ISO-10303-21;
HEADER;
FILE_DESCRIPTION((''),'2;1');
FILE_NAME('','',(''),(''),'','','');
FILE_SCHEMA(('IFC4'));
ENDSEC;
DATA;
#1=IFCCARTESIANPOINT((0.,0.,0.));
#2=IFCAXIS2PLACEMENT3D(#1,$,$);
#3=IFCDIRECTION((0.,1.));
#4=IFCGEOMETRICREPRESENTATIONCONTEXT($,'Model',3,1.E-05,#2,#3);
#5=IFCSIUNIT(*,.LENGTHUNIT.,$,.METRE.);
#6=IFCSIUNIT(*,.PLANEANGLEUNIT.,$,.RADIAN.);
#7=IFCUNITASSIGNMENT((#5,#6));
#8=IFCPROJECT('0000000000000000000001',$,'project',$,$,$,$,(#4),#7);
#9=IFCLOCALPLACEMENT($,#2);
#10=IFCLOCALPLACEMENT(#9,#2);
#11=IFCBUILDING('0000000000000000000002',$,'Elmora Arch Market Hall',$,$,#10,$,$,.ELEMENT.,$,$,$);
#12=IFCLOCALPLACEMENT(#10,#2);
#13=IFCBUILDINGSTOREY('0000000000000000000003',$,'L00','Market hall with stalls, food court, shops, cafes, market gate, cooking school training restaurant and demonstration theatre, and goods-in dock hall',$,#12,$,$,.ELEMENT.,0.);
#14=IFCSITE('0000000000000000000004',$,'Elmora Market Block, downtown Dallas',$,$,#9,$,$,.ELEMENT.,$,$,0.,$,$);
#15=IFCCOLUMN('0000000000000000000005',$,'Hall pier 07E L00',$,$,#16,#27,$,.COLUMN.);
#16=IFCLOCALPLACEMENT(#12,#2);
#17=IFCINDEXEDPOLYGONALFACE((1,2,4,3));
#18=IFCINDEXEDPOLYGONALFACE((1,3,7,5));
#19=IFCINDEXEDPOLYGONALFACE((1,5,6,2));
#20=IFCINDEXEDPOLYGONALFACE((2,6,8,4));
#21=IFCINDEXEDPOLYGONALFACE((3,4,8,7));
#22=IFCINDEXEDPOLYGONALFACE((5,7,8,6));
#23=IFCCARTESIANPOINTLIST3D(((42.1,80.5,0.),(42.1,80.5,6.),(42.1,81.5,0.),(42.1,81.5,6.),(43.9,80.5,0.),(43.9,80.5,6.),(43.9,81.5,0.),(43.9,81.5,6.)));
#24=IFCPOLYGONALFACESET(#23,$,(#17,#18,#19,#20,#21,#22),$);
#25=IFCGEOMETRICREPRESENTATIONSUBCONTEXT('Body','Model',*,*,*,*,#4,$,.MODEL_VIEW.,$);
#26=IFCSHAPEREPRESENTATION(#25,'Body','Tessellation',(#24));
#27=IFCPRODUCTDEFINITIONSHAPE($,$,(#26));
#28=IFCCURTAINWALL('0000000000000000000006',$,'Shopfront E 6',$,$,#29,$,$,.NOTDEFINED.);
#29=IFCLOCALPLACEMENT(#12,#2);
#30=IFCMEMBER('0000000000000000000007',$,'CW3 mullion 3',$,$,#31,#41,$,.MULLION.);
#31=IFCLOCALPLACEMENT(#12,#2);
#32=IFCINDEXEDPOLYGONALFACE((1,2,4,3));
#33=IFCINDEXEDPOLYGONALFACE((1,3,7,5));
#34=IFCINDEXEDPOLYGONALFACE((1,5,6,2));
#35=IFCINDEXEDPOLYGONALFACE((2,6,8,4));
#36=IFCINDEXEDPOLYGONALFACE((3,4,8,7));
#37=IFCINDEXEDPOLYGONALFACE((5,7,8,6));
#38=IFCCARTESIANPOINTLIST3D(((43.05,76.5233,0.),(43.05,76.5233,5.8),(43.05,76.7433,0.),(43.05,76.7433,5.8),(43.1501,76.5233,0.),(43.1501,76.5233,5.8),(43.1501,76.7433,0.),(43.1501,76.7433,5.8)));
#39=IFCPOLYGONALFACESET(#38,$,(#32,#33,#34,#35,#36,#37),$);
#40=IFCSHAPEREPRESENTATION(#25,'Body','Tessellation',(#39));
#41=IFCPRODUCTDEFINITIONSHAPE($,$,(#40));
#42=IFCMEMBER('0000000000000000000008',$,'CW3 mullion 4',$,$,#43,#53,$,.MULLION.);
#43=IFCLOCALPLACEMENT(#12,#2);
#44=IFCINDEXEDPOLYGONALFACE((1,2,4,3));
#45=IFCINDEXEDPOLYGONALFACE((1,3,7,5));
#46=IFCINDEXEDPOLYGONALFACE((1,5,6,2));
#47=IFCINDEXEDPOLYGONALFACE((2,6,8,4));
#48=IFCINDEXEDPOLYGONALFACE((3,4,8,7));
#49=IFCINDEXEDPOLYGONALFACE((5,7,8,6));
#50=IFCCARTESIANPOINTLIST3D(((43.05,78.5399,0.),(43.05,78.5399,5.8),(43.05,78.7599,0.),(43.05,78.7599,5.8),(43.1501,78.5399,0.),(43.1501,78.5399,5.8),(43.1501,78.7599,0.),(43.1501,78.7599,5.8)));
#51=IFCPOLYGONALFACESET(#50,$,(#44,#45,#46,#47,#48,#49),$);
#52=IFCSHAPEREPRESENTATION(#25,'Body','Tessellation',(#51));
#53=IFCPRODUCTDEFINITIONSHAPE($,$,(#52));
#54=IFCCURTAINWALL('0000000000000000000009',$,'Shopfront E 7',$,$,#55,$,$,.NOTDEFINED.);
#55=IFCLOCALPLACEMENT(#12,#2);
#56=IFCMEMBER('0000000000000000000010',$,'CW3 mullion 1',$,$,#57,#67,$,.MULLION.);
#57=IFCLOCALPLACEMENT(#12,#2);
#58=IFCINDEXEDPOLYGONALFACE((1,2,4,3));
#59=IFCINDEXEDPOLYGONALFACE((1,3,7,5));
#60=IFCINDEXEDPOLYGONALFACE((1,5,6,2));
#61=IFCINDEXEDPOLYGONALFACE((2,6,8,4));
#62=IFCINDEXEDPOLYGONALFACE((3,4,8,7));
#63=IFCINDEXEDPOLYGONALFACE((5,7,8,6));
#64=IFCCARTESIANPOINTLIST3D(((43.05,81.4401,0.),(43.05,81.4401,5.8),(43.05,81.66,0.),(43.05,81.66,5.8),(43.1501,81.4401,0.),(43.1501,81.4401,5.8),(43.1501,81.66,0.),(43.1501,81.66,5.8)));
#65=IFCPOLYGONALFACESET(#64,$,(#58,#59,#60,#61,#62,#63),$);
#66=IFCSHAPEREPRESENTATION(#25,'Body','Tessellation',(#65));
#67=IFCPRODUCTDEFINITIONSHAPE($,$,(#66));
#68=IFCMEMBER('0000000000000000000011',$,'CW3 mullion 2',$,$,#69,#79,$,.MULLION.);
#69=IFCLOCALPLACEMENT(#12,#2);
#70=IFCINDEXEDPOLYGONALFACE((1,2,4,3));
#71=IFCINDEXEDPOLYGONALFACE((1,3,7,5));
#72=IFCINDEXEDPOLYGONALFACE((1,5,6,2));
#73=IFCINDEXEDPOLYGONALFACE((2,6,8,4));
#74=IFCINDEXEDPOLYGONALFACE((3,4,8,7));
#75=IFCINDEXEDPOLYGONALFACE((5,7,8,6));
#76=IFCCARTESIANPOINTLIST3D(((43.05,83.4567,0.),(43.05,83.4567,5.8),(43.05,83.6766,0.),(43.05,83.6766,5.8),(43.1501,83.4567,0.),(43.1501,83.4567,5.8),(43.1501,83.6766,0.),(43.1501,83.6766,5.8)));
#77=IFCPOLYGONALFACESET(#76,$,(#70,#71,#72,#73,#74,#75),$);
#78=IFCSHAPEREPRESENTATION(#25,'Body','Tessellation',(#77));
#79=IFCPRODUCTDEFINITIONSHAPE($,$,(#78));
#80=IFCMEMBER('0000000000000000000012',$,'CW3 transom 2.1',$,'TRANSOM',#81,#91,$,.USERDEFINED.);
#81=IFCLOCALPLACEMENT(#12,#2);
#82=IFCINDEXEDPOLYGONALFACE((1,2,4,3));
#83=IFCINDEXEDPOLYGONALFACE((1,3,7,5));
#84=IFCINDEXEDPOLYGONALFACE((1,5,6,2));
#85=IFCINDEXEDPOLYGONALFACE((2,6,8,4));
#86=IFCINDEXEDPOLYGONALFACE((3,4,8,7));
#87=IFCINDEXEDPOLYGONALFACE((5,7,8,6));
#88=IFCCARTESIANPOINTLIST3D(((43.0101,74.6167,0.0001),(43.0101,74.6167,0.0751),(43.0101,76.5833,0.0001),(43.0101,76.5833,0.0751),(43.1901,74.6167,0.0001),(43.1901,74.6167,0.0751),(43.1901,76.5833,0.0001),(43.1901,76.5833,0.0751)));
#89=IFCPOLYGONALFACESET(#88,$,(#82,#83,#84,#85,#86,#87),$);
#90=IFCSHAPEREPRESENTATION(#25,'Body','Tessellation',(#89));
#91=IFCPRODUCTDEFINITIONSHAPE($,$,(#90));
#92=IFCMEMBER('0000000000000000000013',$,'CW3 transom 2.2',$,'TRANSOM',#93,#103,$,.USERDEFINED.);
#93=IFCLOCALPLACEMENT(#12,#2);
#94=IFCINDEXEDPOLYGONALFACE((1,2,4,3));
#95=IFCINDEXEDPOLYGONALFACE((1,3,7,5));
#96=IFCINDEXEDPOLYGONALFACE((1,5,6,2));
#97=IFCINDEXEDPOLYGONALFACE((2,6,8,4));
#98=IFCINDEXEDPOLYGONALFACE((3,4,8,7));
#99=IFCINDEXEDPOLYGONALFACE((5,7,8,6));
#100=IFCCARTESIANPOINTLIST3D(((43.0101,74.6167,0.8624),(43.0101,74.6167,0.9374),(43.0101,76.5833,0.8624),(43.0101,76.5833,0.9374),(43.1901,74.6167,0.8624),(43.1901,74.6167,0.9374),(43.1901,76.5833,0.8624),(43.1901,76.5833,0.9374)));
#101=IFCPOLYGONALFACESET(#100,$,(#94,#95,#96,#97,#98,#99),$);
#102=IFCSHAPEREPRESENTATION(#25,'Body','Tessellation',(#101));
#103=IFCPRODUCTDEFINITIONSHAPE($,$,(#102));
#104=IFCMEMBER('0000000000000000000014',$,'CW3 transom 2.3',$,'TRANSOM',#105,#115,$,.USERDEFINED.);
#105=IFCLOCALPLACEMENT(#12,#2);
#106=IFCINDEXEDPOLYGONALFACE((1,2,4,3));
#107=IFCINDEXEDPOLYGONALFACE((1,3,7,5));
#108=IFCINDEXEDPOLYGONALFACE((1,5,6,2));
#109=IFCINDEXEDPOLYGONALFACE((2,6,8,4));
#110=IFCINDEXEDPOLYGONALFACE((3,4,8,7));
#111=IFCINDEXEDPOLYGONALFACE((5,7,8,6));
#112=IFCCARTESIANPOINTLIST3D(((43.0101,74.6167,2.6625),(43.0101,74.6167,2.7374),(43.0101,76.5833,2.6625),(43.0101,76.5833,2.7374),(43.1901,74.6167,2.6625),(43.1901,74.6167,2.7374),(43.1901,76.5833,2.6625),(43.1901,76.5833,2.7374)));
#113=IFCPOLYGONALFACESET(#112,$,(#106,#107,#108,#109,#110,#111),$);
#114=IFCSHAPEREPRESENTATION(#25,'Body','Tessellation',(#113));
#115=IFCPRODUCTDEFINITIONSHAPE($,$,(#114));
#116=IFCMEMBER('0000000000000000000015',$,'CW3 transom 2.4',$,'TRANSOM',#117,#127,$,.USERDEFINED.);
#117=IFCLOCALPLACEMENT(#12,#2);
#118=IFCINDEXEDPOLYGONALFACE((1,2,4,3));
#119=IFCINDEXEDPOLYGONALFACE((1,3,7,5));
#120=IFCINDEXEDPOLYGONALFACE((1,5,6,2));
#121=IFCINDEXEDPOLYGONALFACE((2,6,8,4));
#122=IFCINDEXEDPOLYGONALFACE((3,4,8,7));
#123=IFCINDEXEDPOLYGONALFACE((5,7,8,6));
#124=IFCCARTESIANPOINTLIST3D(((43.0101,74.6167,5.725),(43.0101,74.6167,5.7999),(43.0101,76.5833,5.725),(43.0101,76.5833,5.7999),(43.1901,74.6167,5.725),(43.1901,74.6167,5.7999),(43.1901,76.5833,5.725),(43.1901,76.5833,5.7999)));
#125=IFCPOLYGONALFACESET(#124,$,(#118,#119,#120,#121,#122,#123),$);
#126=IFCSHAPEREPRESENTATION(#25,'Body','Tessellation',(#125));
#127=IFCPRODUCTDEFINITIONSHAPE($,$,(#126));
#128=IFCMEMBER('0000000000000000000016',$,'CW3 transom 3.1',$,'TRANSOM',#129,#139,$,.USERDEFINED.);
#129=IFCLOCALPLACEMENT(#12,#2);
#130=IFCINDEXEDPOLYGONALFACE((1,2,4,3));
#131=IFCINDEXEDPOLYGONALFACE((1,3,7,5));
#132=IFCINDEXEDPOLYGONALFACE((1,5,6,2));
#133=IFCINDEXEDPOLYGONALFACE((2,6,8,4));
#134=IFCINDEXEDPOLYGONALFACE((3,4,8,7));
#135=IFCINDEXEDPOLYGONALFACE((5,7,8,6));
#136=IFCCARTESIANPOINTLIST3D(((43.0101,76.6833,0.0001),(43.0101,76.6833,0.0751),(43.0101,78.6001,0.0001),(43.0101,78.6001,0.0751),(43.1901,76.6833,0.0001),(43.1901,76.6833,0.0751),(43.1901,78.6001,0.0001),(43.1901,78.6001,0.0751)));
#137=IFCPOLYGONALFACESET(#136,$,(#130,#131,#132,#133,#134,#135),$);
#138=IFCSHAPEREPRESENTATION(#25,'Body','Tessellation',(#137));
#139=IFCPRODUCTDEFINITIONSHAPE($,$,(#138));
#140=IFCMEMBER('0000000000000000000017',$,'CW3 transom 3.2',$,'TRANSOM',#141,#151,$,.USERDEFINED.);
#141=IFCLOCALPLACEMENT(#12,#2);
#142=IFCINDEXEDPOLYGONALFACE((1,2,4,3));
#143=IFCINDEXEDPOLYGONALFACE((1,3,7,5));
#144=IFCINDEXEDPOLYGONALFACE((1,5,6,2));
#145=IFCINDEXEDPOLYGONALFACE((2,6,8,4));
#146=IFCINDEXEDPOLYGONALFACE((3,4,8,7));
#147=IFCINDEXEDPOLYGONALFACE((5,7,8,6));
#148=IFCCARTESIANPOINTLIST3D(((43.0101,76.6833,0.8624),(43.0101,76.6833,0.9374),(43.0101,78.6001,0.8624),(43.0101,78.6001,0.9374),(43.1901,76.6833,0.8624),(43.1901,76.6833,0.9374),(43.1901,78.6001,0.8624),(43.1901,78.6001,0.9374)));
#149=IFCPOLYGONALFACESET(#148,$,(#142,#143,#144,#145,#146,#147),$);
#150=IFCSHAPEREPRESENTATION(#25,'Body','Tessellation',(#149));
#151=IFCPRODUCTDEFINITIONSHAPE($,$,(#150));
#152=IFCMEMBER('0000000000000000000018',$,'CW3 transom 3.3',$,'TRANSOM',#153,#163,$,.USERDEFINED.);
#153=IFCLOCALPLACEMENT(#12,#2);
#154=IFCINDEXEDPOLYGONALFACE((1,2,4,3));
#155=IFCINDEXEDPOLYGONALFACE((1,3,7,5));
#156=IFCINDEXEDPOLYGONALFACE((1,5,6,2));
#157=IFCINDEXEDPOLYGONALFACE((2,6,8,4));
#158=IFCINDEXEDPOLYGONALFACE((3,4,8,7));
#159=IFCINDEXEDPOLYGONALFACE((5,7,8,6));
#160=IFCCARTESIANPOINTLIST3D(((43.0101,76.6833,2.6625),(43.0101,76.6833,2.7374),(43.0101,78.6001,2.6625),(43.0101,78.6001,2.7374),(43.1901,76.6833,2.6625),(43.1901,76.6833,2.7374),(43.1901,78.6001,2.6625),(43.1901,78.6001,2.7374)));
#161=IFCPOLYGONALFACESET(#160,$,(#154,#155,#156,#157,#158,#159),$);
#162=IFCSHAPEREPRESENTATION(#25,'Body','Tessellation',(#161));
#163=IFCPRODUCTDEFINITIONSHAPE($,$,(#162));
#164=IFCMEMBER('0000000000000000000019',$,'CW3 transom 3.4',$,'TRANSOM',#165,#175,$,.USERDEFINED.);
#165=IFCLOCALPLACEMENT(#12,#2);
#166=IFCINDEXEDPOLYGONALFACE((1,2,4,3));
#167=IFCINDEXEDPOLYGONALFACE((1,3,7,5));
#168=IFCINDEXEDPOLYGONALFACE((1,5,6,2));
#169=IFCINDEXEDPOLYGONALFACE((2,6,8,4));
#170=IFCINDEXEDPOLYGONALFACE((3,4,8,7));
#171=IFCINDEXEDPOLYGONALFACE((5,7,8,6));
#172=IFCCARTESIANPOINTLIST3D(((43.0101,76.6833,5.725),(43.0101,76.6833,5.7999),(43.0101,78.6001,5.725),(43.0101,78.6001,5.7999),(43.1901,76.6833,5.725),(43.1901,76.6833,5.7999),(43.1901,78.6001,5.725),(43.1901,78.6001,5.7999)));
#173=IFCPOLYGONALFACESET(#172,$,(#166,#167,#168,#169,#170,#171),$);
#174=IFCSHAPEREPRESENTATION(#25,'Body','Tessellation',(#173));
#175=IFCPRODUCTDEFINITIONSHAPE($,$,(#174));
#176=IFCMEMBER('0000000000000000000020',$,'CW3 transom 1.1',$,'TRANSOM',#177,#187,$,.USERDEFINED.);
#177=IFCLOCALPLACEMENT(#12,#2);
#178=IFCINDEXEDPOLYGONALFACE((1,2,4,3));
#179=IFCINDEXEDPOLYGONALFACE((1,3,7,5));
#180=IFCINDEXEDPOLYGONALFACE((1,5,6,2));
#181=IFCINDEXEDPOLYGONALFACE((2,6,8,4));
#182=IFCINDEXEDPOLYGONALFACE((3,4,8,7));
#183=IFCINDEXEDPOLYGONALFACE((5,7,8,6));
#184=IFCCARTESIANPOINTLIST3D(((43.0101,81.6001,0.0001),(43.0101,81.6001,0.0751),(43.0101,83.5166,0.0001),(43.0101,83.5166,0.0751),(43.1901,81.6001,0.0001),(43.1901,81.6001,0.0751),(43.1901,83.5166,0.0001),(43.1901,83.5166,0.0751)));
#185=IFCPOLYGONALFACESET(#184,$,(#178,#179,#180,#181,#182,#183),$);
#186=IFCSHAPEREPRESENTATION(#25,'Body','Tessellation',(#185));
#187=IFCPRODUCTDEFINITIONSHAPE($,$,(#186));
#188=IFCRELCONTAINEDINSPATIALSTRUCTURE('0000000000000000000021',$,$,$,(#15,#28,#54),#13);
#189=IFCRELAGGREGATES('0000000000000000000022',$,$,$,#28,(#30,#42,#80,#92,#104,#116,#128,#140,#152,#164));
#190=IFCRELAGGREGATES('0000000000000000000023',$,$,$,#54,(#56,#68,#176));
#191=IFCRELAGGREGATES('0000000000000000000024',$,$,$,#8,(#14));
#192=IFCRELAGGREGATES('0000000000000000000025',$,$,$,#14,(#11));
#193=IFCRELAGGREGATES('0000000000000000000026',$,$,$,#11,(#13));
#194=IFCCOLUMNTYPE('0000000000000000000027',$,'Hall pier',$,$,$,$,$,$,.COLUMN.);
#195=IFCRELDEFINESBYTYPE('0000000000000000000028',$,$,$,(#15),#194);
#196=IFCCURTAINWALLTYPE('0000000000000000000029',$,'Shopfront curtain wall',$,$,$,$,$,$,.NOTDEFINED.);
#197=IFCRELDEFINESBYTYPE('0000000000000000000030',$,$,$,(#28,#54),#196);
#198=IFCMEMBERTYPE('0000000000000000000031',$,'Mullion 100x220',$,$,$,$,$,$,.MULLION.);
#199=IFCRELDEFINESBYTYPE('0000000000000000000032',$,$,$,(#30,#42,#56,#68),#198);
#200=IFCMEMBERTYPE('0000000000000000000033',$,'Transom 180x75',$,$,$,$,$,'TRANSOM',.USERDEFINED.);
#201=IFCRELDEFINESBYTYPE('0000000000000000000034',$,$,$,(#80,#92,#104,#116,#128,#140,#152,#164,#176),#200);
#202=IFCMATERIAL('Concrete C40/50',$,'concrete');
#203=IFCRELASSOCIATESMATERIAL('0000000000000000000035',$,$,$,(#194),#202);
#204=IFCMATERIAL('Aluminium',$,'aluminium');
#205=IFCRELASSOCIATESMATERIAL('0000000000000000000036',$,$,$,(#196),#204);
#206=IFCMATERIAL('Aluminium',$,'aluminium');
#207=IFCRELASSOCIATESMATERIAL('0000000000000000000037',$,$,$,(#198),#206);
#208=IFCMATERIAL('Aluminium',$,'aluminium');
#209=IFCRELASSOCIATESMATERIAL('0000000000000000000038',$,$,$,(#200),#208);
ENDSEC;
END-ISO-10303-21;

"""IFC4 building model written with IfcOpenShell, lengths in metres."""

from ifc_helpers import new_model, si_unit, direction, frame, origin, origin_2d, place, context, subcontext, project, spatial, rectangle, extrude, material, material_profile, profile_set, type_object, element, aggregate, save


model = new_model("IFC4")

# Units and contexts
model_context = context("Model", 3, precision=1e-05, world=origin(), true_north=direction((0.0, 1.0)))
body_context = subcontext(model_context, "Body", "Model", "MODEL_VIEW")
ifc_project = project(units=[si_unit("LENGTHUNIT", "METRE"), si_unit("PLANEANGLEUNIT", "RADIAN")], contexts=[model_context])

# Site, building, storey
site_placement = place(None, origin())
site = spatial("IfcSite", under=ifc_project, at=site_placement, Name="Elmora Market Block, downtown Dallas", CompositionType="ELEMENT", RefElevation=0.0)
building_placement = place(site_placement, origin())
building = spatial("IfcBuilding", under=site, at=building_placement, Name="Elmora Arch Market Hall", CompositionType="ELEMENT")
storey_placement = place(building_placement, origin())
storey = spatial("IfcBuildingStorey", under=building, at=storey_placement, Name="L00", Description="Market hall with stalls, food court, shops, cafes, market gate, cooking school training restaurant and demonstration theatre, and goods-in dock hall", CompositionType="ELEMENT", Elevation=0.0)

# Column
ifc_material_1 = material(Name="Concrete C40/50", Category="concrete")
ifc_material_profile_1 = material_profile(ifc_material_1, rectangle(XDim=1.8, YDim=1.0, at=origin_2d()), Name="Hall pier")
ifc_profile_set_1 = profile_set([ifc_material_profile_1], Name="Concrete C40/50")
column_type = type_object("IfcColumnType", Name="Hall pier", PredefinedType="COLUMN", material=ifc_profile_set_1)
column_placement = place(storey_placement, frame((43.0, 81.0, 0.0), z_axis=(0.0, 0.0, 1.0), x_axis=(1.0, 0.0, 0.0)))
element("IfcColumn", 1, at=column_placement, inside=storey, type_object=column_type, Name="Hall pier 07E L00", PredefinedType="COLUMN", context=body_context, shape_type="SweptSolid", body=[
    extrude(rectangle(XDim=1.8, YDim=1.0, at=origin_2d()), origin(), (0.0, 0.0, 1.0), 6.0),
])

# Curtain walls, members
ifc_material_2 = material(Name="Aluminium", Category="aluminium")
curtain_wall_type = type_object("IfcCurtainWallType", Name="Shopfront curtain wall", PredefinedType="NOTDEFINED", material=ifc_material_2)
curtain_wall_1_placement = place(storey_placement, origin())
curtain_wall_1 = element("IfcCurtainWall", 2, at=curtain_wall_1_placement, inside=storey, type_object=curtain_wall_type, Name="Shopfront E 6", PredefinedType="NOTDEFINED")
ifc_material_3 = material(Name="Aluminium", Category="aluminium")
ifc_material_profile_2 = material_profile(ifc_material_3, rectangle(XDim=0.1001, YDim=0.22, at=origin_2d()), Name="AL 100x220")
ifc_profile_set_2 = profile_set([ifc_material_profile_2], Name="Aluminium")
member_type_1 = type_object("IfcMemberType", Name="Mullion 100x220", PredefinedType="MULLION", material=ifc_profile_set_2)
member_1_placement = place(storey_placement, frame((43.1001, 76.6333, 0.0), z_axis=(0.0, 0.0, 1.0), x_axis=(-1.0, 0.0, 0.0)))
member_1 = element("IfcMember", 3, at=member_1_placement, type_object=member_type_1, Name="CW3 mullion 3", PredefinedType="MULLION", context=body_context, shape_type="SweptSolid", body=[
    extrude(rectangle(XDim=0.1001, YDim=0.22, at=origin_2d()), origin(), (0.0, 0.0, 1.0), 5.8),
])
member_2_placement = place(storey_placement, frame((43.1001, 78.6499, 0.0), z_axis=(0.0, 0.0, 1.0), x_axis=(-1.0, 0.0, 0.0)))
member_2 = element("IfcMember", 4, at=member_2_placement, type_object=member_type_1, Name="CW3 mullion 4", PredefinedType="MULLION", context=body_context, shape_type="SweptSolid", body=[
    extrude(rectangle(XDim=0.1001, YDim=0.22, at=origin_2d()), origin(), (0.0, 0.0, 1.0), 5.8),
])
curtain_wall_2_placement = place(storey_placement, origin())
curtain_wall_2 = element("IfcCurtainWall", 5, at=curtain_wall_2_placement, inside=storey, type_object=curtain_wall_type, Name="Shopfront E 7", PredefinedType="NOTDEFINED")
member_3_placement = place(storey_placement, frame((43.1001, 81.55, 0.0), z_axis=(0.0, 0.0, 1.0), x_axis=(-1.0, 0.0, 0.0)))
member_3 = element("IfcMember", 6, at=member_3_placement, type_object=member_type_1, Name="CW3 mullion 1", PredefinedType="MULLION", context=body_context, shape_type="SweptSolid", body=[
    extrude(rectangle(XDim=0.1001, YDim=0.22, at=origin_2d()), origin(), (0.0, 0.0, 1.0), 5.8),
])
member_4_placement = place(storey_placement, frame((43.1001, 83.5667, 0.0), z_axis=(0.0, 0.0, 1.0), x_axis=(-1.0, 0.0, 0.0)))
member_4 = element("IfcMember", 7, at=member_4_placement, type_object=member_type_1, Name="CW3 mullion 2", PredefinedType="MULLION", context=body_context, shape_type="SweptSolid", body=[
    extrude(rectangle(XDim=0.1001, YDim=0.22, at=origin_2d()), origin(), (0.0, 0.0, 1.0), 5.8),
])

# Members
ifc_material_4 = material(Name="Aluminium", Category="aluminium")
ifc_material_profile_3 = material_profile(ifc_material_4, rectangle(XDim=0.1799, YDim=0.075, at=origin_2d()), Name="AL 180x75")
ifc_profile_set_3 = profile_set([ifc_material_profile_3], Name="Aluminium")
member_type_2 = type_object("IfcMemberType", Name="Transom 180x75", ElementType="TRANSOM", PredefinedType="USERDEFINED", material=ifc_profile_set_3)
member_5_placement = place(storey_placement, frame((43.1001, 74.6167, 0.0376), z_axis=(0.0, 1.0, 0.0), x_axis=(-1.0, 0.0, 0.0)))
member_5 = element("IfcMember", 8, at=member_5_placement, type_object=member_type_2, Name="CW3 transom 2.1", ObjectType="TRANSOM", PredefinedType="USERDEFINED", context=body_context, shape_type="SweptSolid", body=[
    extrude(rectangle(XDim=0.1799, YDim=0.075, at=origin_2d()), origin(), (0.0, 0.0, 1.0), 1.9666),
])
member_6_placement = place(storey_placement, frame((43.1001, 74.6167, 0.8999), z_axis=(0.0, 1.0, 0.0), x_axis=(-1.0, 0.0, 0.0)))
member_6 = element("IfcMember", 9, at=member_6_placement, type_object=member_type_2, Name="CW3 transom 2.2", ObjectType="TRANSOM", PredefinedType="USERDEFINED", context=body_context, shape_type="SweptSolid", body=[
    extrude(rectangle(XDim=0.1799, YDim=0.075, at=origin_2d()), origin(), (0.0, 0.0, 1.0), 1.9666),
])
member_7_placement = place(storey_placement, frame((43.1001, 74.6167, 2.7), z_axis=(0.0, 1.0, 0.0), x_axis=(-1.0, 0.0, 0.0)))
member_7 = element("IfcMember", 10, at=member_7_placement, type_object=member_type_2, Name="CW3 transom 2.3", ObjectType="TRANSOM", PredefinedType="USERDEFINED", context=body_context, shape_type="SweptSolid", body=[
    extrude(rectangle(XDim=0.1799, YDim=0.075, at=origin_2d()), origin(), (0.0, 0.0, 1.0), 1.9666),
])
member_8_placement = place(storey_placement, frame((43.1001, 74.6167, 5.7625), z_axis=(0.0, 1.0, 0.0), x_axis=(-1.0, 0.0, 0.0)))
member_8 = element("IfcMember", 11, at=member_8_placement, type_object=member_type_2, Name="CW3 transom 2.4", ObjectType="TRANSOM", PredefinedType="USERDEFINED", context=body_context, shape_type="SweptSolid", body=[
    extrude(rectangle(XDim=0.1799, YDim=0.075, at=origin_2d()), origin(), (0.0, 0.0, 1.0), 1.9666),
])
member_9_placement = place(storey_placement, frame((43.1001, 76.6833, 0.0376), z_axis=(0.0, 1.0, 0.0), x_axis=(-1.0, 0.0, 0.0)))
member_9 = element("IfcMember", 12, at=member_9_placement, type_object=member_type_2, Name="CW3 transom 3.1", ObjectType="TRANSOM", PredefinedType="USERDEFINED", context=body_context, shape_type="SweptSolid", body=[
    extrude(rectangle(XDim=0.1799, YDim=0.075, at=origin_2d()), origin(), (0.0, 0.0, 1.0), 1.9167),
])
member_10_placement = place(storey_placement, frame((43.1001, 76.6833, 0.8999), z_axis=(0.0, 1.0, 0.0), x_axis=(-1.0, 0.0, 0.0)))
member_10 = element("IfcMember", 13, at=member_10_placement, type_object=member_type_2, Name="CW3 transom 3.2", ObjectType="TRANSOM", PredefinedType="USERDEFINED", context=body_context, shape_type="SweptSolid", body=[
    extrude(rectangle(XDim=0.1799, YDim=0.075, at=origin_2d()), origin(), (0.0, 0.0, 1.0), 1.9167),
])
member_11_placement = place(storey_placement, frame((43.1001, 76.6833, 2.7), z_axis=(0.0, 1.0, 0.0), x_axis=(-1.0, 0.0, 0.0)))
member_11 = element("IfcMember", 14, at=member_11_placement, type_object=member_type_2, Name="CW3 transom 3.3", ObjectType="TRANSOM", PredefinedType="USERDEFINED", context=body_context, shape_type="SweptSolid", body=[
    extrude(rectangle(XDim=0.1799, YDim=0.075, at=origin_2d()), origin(), (0.0, 0.0, 1.0), 1.9167),
])
member_12_placement = place(storey_placement, frame((43.1001, 76.6833, 5.7625), z_axis=(0.0, 1.0, 0.0), x_axis=(-1.0, 0.0, 0.0)))
member_12 = element("IfcMember", 15, at=member_12_placement, type_object=member_type_2, Name="CW3 transom 3.4", ObjectType="TRANSOM", PredefinedType="USERDEFINED", context=body_context, shape_type="SweptSolid", body=[
    extrude(rectangle(XDim=0.1799, YDim=0.075, at=origin_2d()), origin(), (0.0, 0.0, 1.0), 1.9167),
])
member_13_placement = place(storey_placement, frame((43.1001, 81.6001, 0.0376), z_axis=(0.0, 1.0, 0.0), x_axis=(-1.0, 0.0, 0.0)))
member_13 = element("IfcMember", 16, at=member_13_placement, type_object=member_type_2, Name="CW3 transom 1.1", ObjectType="TRANSOM", PredefinedType="USERDEFINED", context=body_context, shape_type="SweptSolid", body=[
    extrude(rectangle(XDim=0.1799, YDim=0.075, at=origin_2d()), origin(), (0.0, 0.0, 1.0), 1.9165),
])

aggregate(curtain_wall_1, [member_1, member_2, member_5, member_6, member_7, member_8, member_9, member_10, member_11, member_12])
aggregate(curtain_wall_2, [member_3, member_4, member_13])

save(model, "model.ifc")
